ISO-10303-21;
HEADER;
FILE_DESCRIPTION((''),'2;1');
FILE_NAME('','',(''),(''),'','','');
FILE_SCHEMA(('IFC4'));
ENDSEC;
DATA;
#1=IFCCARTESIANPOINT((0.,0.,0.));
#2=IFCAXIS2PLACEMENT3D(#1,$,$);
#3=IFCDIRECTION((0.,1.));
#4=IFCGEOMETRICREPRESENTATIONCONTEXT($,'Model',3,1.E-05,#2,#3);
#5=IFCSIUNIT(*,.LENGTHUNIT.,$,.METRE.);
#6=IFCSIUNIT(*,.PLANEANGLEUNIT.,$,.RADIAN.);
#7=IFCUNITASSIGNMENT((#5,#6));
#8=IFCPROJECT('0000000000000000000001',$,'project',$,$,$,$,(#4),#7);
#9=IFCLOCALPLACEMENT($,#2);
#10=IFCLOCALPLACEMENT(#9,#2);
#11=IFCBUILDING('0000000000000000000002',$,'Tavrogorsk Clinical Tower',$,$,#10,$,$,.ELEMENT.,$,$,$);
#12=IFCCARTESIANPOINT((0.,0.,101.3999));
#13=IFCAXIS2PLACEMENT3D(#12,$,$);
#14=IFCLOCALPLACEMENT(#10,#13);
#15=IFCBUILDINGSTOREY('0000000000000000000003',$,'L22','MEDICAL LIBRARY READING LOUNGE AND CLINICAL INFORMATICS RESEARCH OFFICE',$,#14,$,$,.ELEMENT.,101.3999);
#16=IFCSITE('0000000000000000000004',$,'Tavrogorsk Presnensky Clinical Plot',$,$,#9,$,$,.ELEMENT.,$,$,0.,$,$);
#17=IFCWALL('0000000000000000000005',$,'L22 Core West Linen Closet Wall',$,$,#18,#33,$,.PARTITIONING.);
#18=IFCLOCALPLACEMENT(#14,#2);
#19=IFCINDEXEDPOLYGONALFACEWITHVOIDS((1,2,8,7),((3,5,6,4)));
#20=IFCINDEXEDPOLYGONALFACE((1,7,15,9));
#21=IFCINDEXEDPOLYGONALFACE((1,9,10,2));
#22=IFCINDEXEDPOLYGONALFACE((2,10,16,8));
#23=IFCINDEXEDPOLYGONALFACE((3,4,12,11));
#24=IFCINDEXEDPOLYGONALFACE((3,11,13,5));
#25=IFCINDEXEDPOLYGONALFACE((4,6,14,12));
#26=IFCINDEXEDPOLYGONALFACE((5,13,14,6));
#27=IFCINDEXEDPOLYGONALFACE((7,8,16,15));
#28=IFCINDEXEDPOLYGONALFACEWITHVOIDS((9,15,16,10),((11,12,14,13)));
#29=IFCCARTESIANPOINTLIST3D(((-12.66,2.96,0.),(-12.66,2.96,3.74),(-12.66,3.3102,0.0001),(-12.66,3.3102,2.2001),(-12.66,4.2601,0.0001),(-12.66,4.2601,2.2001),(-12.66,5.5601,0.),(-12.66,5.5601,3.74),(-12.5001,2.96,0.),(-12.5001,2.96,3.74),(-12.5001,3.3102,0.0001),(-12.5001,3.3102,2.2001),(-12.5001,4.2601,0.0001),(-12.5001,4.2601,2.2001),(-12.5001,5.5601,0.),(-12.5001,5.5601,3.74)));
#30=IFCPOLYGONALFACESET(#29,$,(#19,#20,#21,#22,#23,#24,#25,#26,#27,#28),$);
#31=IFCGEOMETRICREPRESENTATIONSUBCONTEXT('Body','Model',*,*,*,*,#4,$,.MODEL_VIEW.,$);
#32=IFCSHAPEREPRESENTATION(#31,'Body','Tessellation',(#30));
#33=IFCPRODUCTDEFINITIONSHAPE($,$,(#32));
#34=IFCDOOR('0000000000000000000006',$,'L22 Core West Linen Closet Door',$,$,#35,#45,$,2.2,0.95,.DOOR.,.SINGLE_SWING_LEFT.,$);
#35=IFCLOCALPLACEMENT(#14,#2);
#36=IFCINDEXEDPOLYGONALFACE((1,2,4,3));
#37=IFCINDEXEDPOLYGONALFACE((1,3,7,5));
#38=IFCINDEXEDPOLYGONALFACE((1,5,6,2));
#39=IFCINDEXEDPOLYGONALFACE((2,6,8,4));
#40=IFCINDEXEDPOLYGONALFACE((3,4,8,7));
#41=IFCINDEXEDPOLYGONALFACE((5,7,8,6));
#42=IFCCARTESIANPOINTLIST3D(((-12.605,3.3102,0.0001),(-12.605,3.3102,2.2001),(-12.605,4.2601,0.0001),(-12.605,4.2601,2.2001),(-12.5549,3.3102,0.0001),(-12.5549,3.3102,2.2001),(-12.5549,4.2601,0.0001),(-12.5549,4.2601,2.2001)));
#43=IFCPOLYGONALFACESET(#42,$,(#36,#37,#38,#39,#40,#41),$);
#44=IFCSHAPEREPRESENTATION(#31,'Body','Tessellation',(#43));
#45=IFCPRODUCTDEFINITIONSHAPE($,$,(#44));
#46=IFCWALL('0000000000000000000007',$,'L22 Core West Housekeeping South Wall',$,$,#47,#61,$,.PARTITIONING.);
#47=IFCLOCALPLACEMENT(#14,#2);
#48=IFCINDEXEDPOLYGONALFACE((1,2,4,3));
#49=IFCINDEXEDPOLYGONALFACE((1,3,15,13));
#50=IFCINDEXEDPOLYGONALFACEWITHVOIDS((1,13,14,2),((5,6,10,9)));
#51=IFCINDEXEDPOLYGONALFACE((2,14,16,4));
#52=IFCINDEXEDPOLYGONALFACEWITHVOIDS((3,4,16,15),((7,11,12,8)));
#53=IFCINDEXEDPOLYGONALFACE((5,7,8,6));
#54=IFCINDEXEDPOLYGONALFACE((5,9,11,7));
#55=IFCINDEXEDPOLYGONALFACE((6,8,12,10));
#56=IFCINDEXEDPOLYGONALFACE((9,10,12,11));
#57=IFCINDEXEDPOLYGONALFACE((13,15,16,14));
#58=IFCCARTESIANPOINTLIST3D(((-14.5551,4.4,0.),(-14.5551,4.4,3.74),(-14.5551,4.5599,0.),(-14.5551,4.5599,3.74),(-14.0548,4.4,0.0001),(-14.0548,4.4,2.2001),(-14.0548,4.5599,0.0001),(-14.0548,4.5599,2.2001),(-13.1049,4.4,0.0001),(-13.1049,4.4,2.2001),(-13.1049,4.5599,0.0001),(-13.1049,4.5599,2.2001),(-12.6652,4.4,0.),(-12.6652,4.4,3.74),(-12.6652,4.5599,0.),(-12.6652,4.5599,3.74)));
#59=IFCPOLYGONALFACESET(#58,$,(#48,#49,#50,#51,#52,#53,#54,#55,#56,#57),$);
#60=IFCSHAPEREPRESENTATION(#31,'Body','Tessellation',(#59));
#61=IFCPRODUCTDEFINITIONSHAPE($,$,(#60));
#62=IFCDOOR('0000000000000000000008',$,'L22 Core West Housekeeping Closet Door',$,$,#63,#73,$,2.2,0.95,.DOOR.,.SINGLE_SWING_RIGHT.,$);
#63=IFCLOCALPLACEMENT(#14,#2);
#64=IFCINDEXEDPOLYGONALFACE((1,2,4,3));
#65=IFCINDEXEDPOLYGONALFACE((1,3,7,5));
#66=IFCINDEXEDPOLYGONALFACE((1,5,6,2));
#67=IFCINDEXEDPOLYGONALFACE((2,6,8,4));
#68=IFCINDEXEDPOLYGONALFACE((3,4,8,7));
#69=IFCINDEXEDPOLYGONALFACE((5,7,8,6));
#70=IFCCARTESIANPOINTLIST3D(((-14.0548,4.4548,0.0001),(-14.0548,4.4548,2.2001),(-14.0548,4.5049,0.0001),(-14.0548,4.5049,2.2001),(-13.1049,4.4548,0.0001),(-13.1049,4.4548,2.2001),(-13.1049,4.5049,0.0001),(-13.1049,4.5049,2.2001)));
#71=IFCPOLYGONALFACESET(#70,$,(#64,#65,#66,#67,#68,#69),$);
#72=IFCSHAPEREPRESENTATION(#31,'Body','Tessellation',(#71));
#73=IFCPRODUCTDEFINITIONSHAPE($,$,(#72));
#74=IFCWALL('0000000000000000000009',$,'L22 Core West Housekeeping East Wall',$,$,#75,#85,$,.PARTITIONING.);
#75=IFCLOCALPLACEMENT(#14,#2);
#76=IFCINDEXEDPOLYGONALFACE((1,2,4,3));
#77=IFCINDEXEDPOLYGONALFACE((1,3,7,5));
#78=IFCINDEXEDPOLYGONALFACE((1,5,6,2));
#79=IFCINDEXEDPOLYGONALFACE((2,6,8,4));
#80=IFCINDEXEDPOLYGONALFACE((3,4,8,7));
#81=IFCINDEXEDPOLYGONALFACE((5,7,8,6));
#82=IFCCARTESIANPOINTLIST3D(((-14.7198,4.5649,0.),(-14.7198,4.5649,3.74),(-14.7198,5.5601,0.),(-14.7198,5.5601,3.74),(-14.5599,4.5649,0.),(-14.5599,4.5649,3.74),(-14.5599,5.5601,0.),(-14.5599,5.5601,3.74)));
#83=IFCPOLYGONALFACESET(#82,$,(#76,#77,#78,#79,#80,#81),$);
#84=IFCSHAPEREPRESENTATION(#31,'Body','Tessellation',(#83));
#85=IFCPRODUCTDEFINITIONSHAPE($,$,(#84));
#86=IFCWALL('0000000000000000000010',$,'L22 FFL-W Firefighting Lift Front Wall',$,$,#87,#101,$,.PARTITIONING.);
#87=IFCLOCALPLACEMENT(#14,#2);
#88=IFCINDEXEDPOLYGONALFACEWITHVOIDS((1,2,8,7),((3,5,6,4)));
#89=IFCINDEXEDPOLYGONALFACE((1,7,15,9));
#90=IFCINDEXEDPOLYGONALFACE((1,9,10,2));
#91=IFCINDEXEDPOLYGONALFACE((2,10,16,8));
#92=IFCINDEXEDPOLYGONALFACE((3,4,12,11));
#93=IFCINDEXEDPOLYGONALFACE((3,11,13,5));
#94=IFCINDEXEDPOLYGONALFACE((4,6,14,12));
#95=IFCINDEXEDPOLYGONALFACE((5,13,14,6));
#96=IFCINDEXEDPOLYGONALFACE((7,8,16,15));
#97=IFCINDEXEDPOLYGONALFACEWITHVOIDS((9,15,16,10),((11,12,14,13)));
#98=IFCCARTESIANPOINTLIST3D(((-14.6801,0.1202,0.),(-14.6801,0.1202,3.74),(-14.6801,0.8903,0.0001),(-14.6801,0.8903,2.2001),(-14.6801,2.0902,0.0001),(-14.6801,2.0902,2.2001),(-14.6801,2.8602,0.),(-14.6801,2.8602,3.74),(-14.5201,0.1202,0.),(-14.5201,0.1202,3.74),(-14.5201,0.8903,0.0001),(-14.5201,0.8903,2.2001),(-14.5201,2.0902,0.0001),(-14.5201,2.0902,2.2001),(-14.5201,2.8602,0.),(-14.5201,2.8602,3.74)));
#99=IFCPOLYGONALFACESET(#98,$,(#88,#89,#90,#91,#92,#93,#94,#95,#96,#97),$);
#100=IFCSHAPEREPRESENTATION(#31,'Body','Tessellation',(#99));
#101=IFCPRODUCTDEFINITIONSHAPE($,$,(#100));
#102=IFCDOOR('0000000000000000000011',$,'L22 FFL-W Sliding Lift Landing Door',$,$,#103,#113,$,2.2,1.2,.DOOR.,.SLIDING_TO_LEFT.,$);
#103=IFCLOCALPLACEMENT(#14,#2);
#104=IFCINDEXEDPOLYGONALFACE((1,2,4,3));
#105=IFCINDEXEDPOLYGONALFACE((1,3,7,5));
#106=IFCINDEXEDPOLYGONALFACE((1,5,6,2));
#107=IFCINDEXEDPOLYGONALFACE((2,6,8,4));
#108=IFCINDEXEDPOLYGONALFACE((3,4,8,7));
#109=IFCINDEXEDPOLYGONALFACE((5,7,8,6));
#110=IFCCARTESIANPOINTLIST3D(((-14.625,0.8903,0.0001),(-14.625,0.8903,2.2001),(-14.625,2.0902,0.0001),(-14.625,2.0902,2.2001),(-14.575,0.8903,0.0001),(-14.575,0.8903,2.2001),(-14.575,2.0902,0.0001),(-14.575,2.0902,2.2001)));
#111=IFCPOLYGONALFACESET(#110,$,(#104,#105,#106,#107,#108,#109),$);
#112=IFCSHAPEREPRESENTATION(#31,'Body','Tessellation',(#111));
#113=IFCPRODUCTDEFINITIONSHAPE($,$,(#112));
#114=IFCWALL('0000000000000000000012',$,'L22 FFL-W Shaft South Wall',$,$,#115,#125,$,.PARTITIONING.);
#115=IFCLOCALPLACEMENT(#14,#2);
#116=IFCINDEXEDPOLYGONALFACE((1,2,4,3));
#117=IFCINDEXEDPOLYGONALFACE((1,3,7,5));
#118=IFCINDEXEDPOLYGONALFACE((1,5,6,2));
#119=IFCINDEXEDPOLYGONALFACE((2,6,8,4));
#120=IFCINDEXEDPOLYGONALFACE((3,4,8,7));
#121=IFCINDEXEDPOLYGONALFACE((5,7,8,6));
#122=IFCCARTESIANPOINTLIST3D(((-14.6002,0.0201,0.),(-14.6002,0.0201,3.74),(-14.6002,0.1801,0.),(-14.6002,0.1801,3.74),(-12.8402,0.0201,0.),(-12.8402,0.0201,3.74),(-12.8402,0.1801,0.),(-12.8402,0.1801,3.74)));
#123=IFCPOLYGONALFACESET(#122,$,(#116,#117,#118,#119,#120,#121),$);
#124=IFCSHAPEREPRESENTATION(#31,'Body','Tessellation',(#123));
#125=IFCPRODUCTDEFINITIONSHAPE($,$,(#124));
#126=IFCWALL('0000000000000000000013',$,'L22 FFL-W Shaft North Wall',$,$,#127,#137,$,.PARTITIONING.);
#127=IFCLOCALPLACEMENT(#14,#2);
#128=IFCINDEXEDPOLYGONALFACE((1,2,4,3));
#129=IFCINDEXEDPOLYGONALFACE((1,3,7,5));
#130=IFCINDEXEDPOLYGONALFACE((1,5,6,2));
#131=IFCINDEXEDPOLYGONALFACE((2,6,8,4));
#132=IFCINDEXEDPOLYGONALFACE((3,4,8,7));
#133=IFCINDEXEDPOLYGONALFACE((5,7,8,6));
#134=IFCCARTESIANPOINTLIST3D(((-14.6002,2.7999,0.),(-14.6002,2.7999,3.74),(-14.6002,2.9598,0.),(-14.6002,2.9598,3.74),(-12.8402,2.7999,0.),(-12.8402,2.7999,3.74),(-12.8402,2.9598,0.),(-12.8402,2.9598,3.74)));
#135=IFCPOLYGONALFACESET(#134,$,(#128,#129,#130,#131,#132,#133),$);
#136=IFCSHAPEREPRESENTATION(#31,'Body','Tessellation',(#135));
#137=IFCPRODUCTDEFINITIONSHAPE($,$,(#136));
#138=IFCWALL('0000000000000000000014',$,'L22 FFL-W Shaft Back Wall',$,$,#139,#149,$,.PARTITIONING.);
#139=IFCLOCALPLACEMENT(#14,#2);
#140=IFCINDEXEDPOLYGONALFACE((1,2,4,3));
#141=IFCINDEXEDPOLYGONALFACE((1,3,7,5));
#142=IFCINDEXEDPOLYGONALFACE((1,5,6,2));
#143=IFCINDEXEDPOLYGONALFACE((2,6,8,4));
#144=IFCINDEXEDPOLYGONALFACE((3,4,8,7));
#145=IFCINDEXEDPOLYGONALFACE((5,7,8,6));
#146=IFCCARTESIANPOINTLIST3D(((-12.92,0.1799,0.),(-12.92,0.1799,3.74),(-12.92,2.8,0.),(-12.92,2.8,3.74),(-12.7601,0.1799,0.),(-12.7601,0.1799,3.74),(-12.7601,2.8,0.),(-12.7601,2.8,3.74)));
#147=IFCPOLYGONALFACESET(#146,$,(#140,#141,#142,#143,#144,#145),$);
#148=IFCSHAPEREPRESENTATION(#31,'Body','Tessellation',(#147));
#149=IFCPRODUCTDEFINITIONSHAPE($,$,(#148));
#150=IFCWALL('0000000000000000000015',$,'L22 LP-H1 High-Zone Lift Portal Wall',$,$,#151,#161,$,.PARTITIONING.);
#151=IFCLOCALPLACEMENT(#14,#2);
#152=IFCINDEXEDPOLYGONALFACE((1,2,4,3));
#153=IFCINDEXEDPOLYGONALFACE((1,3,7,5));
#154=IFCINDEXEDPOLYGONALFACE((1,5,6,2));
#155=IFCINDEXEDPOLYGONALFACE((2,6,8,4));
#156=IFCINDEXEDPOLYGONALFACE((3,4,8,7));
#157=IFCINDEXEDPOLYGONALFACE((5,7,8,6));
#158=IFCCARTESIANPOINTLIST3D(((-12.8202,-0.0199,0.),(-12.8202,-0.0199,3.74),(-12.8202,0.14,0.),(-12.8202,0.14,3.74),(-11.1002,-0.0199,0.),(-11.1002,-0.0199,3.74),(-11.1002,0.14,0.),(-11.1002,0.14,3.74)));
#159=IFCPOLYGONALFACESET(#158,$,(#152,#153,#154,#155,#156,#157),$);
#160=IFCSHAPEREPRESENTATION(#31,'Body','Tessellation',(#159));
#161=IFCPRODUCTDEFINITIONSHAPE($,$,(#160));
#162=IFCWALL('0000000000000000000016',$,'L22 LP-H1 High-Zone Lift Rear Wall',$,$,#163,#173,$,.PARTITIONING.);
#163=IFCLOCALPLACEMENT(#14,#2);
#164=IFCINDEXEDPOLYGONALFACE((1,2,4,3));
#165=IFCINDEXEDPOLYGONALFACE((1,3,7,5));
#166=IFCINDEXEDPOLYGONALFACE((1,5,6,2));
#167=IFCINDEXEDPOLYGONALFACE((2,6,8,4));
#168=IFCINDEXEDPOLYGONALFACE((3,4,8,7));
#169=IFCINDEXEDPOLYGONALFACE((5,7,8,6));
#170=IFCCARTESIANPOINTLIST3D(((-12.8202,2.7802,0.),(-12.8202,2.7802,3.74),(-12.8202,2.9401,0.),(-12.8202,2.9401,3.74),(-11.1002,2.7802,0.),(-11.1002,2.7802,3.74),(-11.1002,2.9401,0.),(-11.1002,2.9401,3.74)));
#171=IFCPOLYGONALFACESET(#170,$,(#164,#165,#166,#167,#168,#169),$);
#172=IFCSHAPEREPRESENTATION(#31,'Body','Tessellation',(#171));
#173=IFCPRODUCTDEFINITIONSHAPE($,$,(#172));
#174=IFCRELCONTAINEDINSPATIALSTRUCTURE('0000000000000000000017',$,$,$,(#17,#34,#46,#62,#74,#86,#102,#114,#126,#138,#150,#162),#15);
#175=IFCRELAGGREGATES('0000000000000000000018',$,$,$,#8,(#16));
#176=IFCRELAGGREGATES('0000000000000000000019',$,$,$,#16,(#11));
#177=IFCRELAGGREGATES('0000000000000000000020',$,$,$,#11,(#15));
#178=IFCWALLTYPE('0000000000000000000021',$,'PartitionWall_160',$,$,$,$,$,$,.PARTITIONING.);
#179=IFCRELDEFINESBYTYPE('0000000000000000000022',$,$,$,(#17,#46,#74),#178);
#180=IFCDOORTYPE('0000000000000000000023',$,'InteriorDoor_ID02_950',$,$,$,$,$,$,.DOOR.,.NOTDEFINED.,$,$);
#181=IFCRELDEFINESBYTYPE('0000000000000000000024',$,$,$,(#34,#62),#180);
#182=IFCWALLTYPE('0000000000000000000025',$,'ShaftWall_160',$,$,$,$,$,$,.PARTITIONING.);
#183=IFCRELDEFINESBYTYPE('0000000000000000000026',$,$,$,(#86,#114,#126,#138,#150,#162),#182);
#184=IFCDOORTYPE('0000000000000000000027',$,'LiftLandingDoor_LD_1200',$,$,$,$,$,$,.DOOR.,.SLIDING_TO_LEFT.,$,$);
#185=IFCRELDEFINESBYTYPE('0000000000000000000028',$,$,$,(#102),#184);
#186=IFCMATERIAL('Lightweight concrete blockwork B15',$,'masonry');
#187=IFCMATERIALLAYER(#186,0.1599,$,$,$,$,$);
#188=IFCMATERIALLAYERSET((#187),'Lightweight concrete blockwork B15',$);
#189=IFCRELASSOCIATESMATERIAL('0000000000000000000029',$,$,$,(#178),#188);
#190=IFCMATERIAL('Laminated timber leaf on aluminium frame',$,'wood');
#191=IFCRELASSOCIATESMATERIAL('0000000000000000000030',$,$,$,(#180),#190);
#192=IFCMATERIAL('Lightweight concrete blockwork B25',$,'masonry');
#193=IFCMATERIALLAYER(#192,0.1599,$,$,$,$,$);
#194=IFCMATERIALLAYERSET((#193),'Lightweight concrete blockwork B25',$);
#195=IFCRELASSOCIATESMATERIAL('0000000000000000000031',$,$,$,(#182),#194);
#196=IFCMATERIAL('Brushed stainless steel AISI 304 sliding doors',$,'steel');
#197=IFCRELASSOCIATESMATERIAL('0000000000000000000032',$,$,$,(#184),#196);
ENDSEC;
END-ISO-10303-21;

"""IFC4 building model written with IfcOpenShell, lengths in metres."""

from ifc_helpers import new_model, si_unit, direction, frame, frame_2d, origin, place, context, subcontext, project, spatial, rectangle, extrude, material, layer, layer_set, type_object, element, fill, save


model = new_model("IFC4")

# Units and contexts
model_context = context("Model", 3, precision=1e-05, world=origin(), true_north=direction((0.0, 1.0)))
body_context = subcontext(model_context, "Body", "Model", "MODEL_VIEW")
ifc_project = project(units=[si_unit("LENGTHUNIT", "METRE"), si_unit("PLANEANGLEUNIT", "RADIAN")], contexts=[model_context])

# Site, building, storey
site_placement = place(None, origin())
site = spatial("IfcSite", under=ifc_project, at=site_placement, Name="Tavrogorsk Presnensky Clinical Plot", CompositionType="ELEMENT", RefElevation=0.0)
building_placement = place(site_placement, origin())
building = spatial("IfcBuilding", under=site, at=building_placement, Name="Tavrogorsk Clinical Tower", CompositionType="ELEMENT")
storey_placement = place(building_placement, frame((0.0, 0.0, 101.3999)))
storey = spatial("IfcBuildingStorey", under=building, at=storey_placement, Name="L22", Description="MEDICAL LIBRARY READING LOUNGE AND CLINICAL INFORMATICS RESEARCH OFFICE", CompositionType="ELEMENT", Elevation=101.3999)

# Walls, openings, doors
ifc_material_1 = material(Name="Lightweight concrete blockwork B15", Category="masonry")
ifc_layer_1 = layer(ifc_material_1, 0.1599)
ifc_layer_set_1 = layer_set([ifc_layer_1], Name="Lightweight concrete blockwork B15")
wall_type_1 = type_object("IfcWallType", Name="PartitionWall_160", PredefinedType="PARTITIONING", material=ifc_layer_set_1)
wall_1_placement = place(storey_placement, frame((-12.5801, 2.96, 0.0), z_axis=(0.0, 0.0, 1.0), x_axis=(0.0, 1.0, 0.0)))
wall_1 = element("IfcWall", 1, at=wall_1_placement, inside=storey, type_object=wall_type_1, Name="L22 Core West Linen Closet Wall", PredefinedType="PARTITIONING", context=body_context, shape_type="SweptSolid", body=[
    extrude(rectangle(XDim=2.6001, YDim=0.1599, at=frame_2d((1.3, 0.0))), origin(), (0.0, 0.0, 1.0), 3.74),
])
opening_1_placement = place(wall_1_placement, frame((0.3501, 0.0, 0.0)))
opening_1 = element("IfcOpeningElement", 2, at=opening_1_placement, cuts=wall_1, PredefinedType="OPENING", context=body_context, shape_type="SweptSolid", body=[
    extrude(rectangle(XDim=0.95, YDim=2.2, at=frame_2d((0.4751, 1.1001))), frame((0.0, 0.0898, 0.0), z_axis=(0.0, -1.0, 0.0), x_axis=(1.0, 0.0, 0.0)), (0.0, 0.0, 1.0), 0.1799),
])
ifc_material_2 = material(Name="Laminated timber leaf on aluminium frame", Category="wood")
door_type_1 = type_object("IfcDoorType", Name="InteriorDoor_ID02_950", OperationType="NOTDEFINED", PredefinedType="DOOR", material=ifc_material_2)
door_1_placement = place(opening_1_placement, origin())
door_1 = element("IfcDoor", 3, at=door_1_placement, inside=storey, type_object=door_type_1, Name="L22 Core West Linen Closet Door", OperationType="SINGLE_SWING_LEFT", OverallHeight=2.2, OverallWidth=0.95, PredefinedType="DOOR", context=body_context, shape_type="SweptSolid", body=[
    extrude(rectangle(XDim=0.95, YDim=2.2, at=frame_2d((0.4751, 1.1001))), frame((0.0, 0.0249, 0.0), z_axis=(0.0, -1.0, 0.0), x_axis=(1.0, 0.0, 0.0)), (0.0, 0.0, 1.0), 0.05),
])
fill(opening_1, door_1)
wall_2_placement = place(storey_placement, frame((-14.5549, 4.48, 0.0), z_axis=(0.0, 0.0, 1.0), x_axis=(1.0, 0.0, 0.0)))
wall_2 = element("IfcWall", 4, at=wall_2_placement, inside=storey, type_object=wall_type_1, Name="L22 Core West Housekeeping South Wall", PredefinedType="PARTITIONING", context=body_context, shape_type="SweptSolid", body=[
    extrude(rectangle(XDim=1.8899, YDim=0.1599, at=frame_2d((0.9448, 0.0))), origin(), (0.0, 0.0, 1.0), 3.74),
])
opening_2_placement = place(wall_2_placement, frame((0.5, 0.0, 0.0)))
opening_2 = element("IfcOpeningElement", 5, at=opening_2_placement, cuts=wall_2, PredefinedType="OPENING", context=body_context, shape_type="SweptSolid", body=[
    extrude(rectangle(XDim=0.95, YDim=2.2, at=frame_2d((0.4751, 1.1001))), frame((0.0, 0.0898, 0.0), z_axis=(0.0, -1.0, 0.0), x_axis=(1.0, 0.0, 0.0)), (0.0, 0.0, 1.0), 0.1799),
])
door_2_placement = place(opening_2_placement, origin())
door_2 = element("IfcDoor", 6, at=door_2_placement, inside=storey, type_object=door_type_1, Name="L22 Core West Housekeeping Closet Door", OperationType="SINGLE_SWING_RIGHT", OverallHeight=2.2, OverallWidth=0.95, PredefinedType="DOOR", context=body_context, shape_type="SweptSolid", body=[
    extrude(rectangle(XDim=0.95, YDim=2.2, at=frame_2d((0.4751, 1.1001))), frame((0.0, 0.0249, 0.0), z_axis=(0.0, -1.0, 0.0), x_axis=(1.0, 0.0, 0.0)), (0.0, 0.0, 1.0), 0.05),
])
fill(opening_2, door_2)

# Wall
wall_3_placement = place(storey_placement, frame((-14.6399, 4.5649, 0.0), z_axis=(0.0, 0.0, 1.0), x_axis=(0.0, 1.0, 0.0)))
element("IfcWall", 7, at=wall_3_placement, inside=storey, type_object=wall_type_1, Name="L22 Core West Housekeeping East Wall", PredefinedType="PARTITIONING", context=body_context, shape_type="SweptSolid", body=[
    extrude(rectangle(XDim=0.9951, YDim=0.1599, at=frame_2d((0.4976, 0.0))), origin(), (0.0, 0.0, 1.0), 3.74),
])

# Wall, opening, door
ifc_material_3 = material(Name="Lightweight concrete blockwork B25", Category="masonry")
ifc_layer_2 = layer(ifc_material_3, 0.1599)
ifc_layer_set_2 = layer_set([ifc_layer_2], Name="Lightweight concrete blockwork B25")
wall_type_2 = type_object("IfcWallType", Name="ShaftWall_160", PredefinedType="PARTITIONING", material=ifc_layer_set_2)
wall_4_placement = place(storey_placement, frame((-14.6001, 0.1201, 0.0), z_axis=(0.0, 0.0, 1.0), x_axis=(0.0, 1.0, 0.0)))
wall_4 = element("IfcWall", 8, at=wall_4_placement, inside=storey, type_object=wall_type_2, Name="L22 FFL-W Firefighting Lift Front Wall", PredefinedType="PARTITIONING", context=body_context, shape_type="SweptSolid", body=[
    extrude(rectangle(XDim=2.74, YDim=0.1599, at=frame_2d((1.3701, 0.0))), origin(), (0.0, 0.0, 1.0), 3.74),
])
opening_3_placement = place(wall_4_placement, frame((0.77, 0.0, 0.0)))
opening_3 = element("IfcOpeningElement", 9, at=opening_3_placement, cuts=wall_4, PredefinedType="OPENING", context=body_context, shape_type="SweptSolid", body=[
    extrude(rectangle(XDim=1.2, YDim=2.2, at=frame_2d((0.6001, 1.1001))), frame((0.0, 0.0898, 0.0), z_axis=(0.0, -1.0, 0.0), x_axis=(1.0, 0.0, 0.0)), (0.0, 0.0, 1.0), 0.1799),
])
ifc_material_4 = material(Name="Brushed stainless steel AISI 304 sliding doors", Category="steel")
door_type_2 = type_object("IfcDoorType", Name="LiftLandingDoor_LD_1200", OperationType="SLIDING_TO_LEFT", PredefinedType="DOOR", material=ifc_material_4)
door_3_placement = place(opening_3_placement, origin())
door_3 = element("IfcDoor", 10, at=door_3_placement, inside=storey, type_object=door_type_2, Name="L22 FFL-W Sliding Lift Landing Door", OperationType="SLIDING_TO_LEFT", OverallHeight=2.2, OverallWidth=1.2, PredefinedType="DOOR", context=body_context, shape_type="SweptSolid", body=[
    extrude(rectangle(XDim=1.2, YDim=2.2, at=frame_2d((0.6001, 1.1001))), frame((0.0, 0.0249, 0.0), z_axis=(0.0, -1.0, 0.0), x_axis=(1.0, 0.0, 0.0)), (0.0, 0.0, 1.0), 0.05),
])
fill(opening_3, door_3)

# Walls
for number, where, z_axis, x_axis, name in (
    (11, (-14.6001, 0.1001, 0.0), (0.0, 0.0, 1.0), (1.0, 0.0, 0.0), "L22 FFL-W Shaft South Wall"),
    (12, (-14.6001, 2.8799, 0.0), (0.0, 0.0, 1.0), (1.0, 0.0, 0.0), "L22 FFL-W Shaft North Wall"),
):
    element("IfcWall", number, at=place(storey_placement, frame(where, z_axis=z_axis, x_axis=x_axis)), inside=storey, type_object=wall_type_2, Name=name, PredefinedType="PARTITIONING", context=body_context, shape_type="SweptSolid", body=[
        extrude(rectangle(XDim=1.76, YDim=0.1599, at=frame_2d((0.8799, 0.0))), origin(), (0.0, 0.0, 1.0), 3.74),
    ])
wall_5_placement = place(storey_placement, frame((-12.8401, 0.1799, 0.0), z_axis=(0.0, 0.0, 1.0), x_axis=(0.0, 1.0, 0.0)))
element("IfcWall", 13, at=wall_5_placement, inside=storey, type_object=wall_type_2, Name="L22 FFL-W Shaft Back Wall", PredefinedType="PARTITIONING", context=body_context, shape_type="SweptSolid", body=[
    extrude(rectangle(XDim=2.6201, YDim=0.1599, at=frame_2d((1.3101, 0.0))), origin(), (0.0, 0.0, 1.0), 3.74),
])
for number, where, z_axis, x_axis, name in (
    (14, (-12.8201, 0.0601, 0.0), (0.0, 0.0, 1.0), (1.0, 0.0, 0.0), "L22 LP-H1 High-Zone Lift Portal Wall"),
    (15, (-12.8201, 2.8601, 0.0), (0.0, 0.0, 1.0), (1.0, 0.0, 0.0), "L22 LP-H1 High-Zone Lift Rear Wall"),
):
    element("IfcWall", number, at=place(storey_placement, frame(where, z_axis=z_axis, x_axis=x_axis)), inside=storey, type_object=wall_type_2, Name=name, PredefinedType="PARTITIONING", context=body_context, shape_type="SweptSolid", body=[
        extrude(rectangle(XDim=1.72, YDim=0.1599, at=frame_2d((0.8599, 0.0))), origin(), (0.0, 0.0, 1.0), 3.74),
    ])

save(model, "model.ifc")
